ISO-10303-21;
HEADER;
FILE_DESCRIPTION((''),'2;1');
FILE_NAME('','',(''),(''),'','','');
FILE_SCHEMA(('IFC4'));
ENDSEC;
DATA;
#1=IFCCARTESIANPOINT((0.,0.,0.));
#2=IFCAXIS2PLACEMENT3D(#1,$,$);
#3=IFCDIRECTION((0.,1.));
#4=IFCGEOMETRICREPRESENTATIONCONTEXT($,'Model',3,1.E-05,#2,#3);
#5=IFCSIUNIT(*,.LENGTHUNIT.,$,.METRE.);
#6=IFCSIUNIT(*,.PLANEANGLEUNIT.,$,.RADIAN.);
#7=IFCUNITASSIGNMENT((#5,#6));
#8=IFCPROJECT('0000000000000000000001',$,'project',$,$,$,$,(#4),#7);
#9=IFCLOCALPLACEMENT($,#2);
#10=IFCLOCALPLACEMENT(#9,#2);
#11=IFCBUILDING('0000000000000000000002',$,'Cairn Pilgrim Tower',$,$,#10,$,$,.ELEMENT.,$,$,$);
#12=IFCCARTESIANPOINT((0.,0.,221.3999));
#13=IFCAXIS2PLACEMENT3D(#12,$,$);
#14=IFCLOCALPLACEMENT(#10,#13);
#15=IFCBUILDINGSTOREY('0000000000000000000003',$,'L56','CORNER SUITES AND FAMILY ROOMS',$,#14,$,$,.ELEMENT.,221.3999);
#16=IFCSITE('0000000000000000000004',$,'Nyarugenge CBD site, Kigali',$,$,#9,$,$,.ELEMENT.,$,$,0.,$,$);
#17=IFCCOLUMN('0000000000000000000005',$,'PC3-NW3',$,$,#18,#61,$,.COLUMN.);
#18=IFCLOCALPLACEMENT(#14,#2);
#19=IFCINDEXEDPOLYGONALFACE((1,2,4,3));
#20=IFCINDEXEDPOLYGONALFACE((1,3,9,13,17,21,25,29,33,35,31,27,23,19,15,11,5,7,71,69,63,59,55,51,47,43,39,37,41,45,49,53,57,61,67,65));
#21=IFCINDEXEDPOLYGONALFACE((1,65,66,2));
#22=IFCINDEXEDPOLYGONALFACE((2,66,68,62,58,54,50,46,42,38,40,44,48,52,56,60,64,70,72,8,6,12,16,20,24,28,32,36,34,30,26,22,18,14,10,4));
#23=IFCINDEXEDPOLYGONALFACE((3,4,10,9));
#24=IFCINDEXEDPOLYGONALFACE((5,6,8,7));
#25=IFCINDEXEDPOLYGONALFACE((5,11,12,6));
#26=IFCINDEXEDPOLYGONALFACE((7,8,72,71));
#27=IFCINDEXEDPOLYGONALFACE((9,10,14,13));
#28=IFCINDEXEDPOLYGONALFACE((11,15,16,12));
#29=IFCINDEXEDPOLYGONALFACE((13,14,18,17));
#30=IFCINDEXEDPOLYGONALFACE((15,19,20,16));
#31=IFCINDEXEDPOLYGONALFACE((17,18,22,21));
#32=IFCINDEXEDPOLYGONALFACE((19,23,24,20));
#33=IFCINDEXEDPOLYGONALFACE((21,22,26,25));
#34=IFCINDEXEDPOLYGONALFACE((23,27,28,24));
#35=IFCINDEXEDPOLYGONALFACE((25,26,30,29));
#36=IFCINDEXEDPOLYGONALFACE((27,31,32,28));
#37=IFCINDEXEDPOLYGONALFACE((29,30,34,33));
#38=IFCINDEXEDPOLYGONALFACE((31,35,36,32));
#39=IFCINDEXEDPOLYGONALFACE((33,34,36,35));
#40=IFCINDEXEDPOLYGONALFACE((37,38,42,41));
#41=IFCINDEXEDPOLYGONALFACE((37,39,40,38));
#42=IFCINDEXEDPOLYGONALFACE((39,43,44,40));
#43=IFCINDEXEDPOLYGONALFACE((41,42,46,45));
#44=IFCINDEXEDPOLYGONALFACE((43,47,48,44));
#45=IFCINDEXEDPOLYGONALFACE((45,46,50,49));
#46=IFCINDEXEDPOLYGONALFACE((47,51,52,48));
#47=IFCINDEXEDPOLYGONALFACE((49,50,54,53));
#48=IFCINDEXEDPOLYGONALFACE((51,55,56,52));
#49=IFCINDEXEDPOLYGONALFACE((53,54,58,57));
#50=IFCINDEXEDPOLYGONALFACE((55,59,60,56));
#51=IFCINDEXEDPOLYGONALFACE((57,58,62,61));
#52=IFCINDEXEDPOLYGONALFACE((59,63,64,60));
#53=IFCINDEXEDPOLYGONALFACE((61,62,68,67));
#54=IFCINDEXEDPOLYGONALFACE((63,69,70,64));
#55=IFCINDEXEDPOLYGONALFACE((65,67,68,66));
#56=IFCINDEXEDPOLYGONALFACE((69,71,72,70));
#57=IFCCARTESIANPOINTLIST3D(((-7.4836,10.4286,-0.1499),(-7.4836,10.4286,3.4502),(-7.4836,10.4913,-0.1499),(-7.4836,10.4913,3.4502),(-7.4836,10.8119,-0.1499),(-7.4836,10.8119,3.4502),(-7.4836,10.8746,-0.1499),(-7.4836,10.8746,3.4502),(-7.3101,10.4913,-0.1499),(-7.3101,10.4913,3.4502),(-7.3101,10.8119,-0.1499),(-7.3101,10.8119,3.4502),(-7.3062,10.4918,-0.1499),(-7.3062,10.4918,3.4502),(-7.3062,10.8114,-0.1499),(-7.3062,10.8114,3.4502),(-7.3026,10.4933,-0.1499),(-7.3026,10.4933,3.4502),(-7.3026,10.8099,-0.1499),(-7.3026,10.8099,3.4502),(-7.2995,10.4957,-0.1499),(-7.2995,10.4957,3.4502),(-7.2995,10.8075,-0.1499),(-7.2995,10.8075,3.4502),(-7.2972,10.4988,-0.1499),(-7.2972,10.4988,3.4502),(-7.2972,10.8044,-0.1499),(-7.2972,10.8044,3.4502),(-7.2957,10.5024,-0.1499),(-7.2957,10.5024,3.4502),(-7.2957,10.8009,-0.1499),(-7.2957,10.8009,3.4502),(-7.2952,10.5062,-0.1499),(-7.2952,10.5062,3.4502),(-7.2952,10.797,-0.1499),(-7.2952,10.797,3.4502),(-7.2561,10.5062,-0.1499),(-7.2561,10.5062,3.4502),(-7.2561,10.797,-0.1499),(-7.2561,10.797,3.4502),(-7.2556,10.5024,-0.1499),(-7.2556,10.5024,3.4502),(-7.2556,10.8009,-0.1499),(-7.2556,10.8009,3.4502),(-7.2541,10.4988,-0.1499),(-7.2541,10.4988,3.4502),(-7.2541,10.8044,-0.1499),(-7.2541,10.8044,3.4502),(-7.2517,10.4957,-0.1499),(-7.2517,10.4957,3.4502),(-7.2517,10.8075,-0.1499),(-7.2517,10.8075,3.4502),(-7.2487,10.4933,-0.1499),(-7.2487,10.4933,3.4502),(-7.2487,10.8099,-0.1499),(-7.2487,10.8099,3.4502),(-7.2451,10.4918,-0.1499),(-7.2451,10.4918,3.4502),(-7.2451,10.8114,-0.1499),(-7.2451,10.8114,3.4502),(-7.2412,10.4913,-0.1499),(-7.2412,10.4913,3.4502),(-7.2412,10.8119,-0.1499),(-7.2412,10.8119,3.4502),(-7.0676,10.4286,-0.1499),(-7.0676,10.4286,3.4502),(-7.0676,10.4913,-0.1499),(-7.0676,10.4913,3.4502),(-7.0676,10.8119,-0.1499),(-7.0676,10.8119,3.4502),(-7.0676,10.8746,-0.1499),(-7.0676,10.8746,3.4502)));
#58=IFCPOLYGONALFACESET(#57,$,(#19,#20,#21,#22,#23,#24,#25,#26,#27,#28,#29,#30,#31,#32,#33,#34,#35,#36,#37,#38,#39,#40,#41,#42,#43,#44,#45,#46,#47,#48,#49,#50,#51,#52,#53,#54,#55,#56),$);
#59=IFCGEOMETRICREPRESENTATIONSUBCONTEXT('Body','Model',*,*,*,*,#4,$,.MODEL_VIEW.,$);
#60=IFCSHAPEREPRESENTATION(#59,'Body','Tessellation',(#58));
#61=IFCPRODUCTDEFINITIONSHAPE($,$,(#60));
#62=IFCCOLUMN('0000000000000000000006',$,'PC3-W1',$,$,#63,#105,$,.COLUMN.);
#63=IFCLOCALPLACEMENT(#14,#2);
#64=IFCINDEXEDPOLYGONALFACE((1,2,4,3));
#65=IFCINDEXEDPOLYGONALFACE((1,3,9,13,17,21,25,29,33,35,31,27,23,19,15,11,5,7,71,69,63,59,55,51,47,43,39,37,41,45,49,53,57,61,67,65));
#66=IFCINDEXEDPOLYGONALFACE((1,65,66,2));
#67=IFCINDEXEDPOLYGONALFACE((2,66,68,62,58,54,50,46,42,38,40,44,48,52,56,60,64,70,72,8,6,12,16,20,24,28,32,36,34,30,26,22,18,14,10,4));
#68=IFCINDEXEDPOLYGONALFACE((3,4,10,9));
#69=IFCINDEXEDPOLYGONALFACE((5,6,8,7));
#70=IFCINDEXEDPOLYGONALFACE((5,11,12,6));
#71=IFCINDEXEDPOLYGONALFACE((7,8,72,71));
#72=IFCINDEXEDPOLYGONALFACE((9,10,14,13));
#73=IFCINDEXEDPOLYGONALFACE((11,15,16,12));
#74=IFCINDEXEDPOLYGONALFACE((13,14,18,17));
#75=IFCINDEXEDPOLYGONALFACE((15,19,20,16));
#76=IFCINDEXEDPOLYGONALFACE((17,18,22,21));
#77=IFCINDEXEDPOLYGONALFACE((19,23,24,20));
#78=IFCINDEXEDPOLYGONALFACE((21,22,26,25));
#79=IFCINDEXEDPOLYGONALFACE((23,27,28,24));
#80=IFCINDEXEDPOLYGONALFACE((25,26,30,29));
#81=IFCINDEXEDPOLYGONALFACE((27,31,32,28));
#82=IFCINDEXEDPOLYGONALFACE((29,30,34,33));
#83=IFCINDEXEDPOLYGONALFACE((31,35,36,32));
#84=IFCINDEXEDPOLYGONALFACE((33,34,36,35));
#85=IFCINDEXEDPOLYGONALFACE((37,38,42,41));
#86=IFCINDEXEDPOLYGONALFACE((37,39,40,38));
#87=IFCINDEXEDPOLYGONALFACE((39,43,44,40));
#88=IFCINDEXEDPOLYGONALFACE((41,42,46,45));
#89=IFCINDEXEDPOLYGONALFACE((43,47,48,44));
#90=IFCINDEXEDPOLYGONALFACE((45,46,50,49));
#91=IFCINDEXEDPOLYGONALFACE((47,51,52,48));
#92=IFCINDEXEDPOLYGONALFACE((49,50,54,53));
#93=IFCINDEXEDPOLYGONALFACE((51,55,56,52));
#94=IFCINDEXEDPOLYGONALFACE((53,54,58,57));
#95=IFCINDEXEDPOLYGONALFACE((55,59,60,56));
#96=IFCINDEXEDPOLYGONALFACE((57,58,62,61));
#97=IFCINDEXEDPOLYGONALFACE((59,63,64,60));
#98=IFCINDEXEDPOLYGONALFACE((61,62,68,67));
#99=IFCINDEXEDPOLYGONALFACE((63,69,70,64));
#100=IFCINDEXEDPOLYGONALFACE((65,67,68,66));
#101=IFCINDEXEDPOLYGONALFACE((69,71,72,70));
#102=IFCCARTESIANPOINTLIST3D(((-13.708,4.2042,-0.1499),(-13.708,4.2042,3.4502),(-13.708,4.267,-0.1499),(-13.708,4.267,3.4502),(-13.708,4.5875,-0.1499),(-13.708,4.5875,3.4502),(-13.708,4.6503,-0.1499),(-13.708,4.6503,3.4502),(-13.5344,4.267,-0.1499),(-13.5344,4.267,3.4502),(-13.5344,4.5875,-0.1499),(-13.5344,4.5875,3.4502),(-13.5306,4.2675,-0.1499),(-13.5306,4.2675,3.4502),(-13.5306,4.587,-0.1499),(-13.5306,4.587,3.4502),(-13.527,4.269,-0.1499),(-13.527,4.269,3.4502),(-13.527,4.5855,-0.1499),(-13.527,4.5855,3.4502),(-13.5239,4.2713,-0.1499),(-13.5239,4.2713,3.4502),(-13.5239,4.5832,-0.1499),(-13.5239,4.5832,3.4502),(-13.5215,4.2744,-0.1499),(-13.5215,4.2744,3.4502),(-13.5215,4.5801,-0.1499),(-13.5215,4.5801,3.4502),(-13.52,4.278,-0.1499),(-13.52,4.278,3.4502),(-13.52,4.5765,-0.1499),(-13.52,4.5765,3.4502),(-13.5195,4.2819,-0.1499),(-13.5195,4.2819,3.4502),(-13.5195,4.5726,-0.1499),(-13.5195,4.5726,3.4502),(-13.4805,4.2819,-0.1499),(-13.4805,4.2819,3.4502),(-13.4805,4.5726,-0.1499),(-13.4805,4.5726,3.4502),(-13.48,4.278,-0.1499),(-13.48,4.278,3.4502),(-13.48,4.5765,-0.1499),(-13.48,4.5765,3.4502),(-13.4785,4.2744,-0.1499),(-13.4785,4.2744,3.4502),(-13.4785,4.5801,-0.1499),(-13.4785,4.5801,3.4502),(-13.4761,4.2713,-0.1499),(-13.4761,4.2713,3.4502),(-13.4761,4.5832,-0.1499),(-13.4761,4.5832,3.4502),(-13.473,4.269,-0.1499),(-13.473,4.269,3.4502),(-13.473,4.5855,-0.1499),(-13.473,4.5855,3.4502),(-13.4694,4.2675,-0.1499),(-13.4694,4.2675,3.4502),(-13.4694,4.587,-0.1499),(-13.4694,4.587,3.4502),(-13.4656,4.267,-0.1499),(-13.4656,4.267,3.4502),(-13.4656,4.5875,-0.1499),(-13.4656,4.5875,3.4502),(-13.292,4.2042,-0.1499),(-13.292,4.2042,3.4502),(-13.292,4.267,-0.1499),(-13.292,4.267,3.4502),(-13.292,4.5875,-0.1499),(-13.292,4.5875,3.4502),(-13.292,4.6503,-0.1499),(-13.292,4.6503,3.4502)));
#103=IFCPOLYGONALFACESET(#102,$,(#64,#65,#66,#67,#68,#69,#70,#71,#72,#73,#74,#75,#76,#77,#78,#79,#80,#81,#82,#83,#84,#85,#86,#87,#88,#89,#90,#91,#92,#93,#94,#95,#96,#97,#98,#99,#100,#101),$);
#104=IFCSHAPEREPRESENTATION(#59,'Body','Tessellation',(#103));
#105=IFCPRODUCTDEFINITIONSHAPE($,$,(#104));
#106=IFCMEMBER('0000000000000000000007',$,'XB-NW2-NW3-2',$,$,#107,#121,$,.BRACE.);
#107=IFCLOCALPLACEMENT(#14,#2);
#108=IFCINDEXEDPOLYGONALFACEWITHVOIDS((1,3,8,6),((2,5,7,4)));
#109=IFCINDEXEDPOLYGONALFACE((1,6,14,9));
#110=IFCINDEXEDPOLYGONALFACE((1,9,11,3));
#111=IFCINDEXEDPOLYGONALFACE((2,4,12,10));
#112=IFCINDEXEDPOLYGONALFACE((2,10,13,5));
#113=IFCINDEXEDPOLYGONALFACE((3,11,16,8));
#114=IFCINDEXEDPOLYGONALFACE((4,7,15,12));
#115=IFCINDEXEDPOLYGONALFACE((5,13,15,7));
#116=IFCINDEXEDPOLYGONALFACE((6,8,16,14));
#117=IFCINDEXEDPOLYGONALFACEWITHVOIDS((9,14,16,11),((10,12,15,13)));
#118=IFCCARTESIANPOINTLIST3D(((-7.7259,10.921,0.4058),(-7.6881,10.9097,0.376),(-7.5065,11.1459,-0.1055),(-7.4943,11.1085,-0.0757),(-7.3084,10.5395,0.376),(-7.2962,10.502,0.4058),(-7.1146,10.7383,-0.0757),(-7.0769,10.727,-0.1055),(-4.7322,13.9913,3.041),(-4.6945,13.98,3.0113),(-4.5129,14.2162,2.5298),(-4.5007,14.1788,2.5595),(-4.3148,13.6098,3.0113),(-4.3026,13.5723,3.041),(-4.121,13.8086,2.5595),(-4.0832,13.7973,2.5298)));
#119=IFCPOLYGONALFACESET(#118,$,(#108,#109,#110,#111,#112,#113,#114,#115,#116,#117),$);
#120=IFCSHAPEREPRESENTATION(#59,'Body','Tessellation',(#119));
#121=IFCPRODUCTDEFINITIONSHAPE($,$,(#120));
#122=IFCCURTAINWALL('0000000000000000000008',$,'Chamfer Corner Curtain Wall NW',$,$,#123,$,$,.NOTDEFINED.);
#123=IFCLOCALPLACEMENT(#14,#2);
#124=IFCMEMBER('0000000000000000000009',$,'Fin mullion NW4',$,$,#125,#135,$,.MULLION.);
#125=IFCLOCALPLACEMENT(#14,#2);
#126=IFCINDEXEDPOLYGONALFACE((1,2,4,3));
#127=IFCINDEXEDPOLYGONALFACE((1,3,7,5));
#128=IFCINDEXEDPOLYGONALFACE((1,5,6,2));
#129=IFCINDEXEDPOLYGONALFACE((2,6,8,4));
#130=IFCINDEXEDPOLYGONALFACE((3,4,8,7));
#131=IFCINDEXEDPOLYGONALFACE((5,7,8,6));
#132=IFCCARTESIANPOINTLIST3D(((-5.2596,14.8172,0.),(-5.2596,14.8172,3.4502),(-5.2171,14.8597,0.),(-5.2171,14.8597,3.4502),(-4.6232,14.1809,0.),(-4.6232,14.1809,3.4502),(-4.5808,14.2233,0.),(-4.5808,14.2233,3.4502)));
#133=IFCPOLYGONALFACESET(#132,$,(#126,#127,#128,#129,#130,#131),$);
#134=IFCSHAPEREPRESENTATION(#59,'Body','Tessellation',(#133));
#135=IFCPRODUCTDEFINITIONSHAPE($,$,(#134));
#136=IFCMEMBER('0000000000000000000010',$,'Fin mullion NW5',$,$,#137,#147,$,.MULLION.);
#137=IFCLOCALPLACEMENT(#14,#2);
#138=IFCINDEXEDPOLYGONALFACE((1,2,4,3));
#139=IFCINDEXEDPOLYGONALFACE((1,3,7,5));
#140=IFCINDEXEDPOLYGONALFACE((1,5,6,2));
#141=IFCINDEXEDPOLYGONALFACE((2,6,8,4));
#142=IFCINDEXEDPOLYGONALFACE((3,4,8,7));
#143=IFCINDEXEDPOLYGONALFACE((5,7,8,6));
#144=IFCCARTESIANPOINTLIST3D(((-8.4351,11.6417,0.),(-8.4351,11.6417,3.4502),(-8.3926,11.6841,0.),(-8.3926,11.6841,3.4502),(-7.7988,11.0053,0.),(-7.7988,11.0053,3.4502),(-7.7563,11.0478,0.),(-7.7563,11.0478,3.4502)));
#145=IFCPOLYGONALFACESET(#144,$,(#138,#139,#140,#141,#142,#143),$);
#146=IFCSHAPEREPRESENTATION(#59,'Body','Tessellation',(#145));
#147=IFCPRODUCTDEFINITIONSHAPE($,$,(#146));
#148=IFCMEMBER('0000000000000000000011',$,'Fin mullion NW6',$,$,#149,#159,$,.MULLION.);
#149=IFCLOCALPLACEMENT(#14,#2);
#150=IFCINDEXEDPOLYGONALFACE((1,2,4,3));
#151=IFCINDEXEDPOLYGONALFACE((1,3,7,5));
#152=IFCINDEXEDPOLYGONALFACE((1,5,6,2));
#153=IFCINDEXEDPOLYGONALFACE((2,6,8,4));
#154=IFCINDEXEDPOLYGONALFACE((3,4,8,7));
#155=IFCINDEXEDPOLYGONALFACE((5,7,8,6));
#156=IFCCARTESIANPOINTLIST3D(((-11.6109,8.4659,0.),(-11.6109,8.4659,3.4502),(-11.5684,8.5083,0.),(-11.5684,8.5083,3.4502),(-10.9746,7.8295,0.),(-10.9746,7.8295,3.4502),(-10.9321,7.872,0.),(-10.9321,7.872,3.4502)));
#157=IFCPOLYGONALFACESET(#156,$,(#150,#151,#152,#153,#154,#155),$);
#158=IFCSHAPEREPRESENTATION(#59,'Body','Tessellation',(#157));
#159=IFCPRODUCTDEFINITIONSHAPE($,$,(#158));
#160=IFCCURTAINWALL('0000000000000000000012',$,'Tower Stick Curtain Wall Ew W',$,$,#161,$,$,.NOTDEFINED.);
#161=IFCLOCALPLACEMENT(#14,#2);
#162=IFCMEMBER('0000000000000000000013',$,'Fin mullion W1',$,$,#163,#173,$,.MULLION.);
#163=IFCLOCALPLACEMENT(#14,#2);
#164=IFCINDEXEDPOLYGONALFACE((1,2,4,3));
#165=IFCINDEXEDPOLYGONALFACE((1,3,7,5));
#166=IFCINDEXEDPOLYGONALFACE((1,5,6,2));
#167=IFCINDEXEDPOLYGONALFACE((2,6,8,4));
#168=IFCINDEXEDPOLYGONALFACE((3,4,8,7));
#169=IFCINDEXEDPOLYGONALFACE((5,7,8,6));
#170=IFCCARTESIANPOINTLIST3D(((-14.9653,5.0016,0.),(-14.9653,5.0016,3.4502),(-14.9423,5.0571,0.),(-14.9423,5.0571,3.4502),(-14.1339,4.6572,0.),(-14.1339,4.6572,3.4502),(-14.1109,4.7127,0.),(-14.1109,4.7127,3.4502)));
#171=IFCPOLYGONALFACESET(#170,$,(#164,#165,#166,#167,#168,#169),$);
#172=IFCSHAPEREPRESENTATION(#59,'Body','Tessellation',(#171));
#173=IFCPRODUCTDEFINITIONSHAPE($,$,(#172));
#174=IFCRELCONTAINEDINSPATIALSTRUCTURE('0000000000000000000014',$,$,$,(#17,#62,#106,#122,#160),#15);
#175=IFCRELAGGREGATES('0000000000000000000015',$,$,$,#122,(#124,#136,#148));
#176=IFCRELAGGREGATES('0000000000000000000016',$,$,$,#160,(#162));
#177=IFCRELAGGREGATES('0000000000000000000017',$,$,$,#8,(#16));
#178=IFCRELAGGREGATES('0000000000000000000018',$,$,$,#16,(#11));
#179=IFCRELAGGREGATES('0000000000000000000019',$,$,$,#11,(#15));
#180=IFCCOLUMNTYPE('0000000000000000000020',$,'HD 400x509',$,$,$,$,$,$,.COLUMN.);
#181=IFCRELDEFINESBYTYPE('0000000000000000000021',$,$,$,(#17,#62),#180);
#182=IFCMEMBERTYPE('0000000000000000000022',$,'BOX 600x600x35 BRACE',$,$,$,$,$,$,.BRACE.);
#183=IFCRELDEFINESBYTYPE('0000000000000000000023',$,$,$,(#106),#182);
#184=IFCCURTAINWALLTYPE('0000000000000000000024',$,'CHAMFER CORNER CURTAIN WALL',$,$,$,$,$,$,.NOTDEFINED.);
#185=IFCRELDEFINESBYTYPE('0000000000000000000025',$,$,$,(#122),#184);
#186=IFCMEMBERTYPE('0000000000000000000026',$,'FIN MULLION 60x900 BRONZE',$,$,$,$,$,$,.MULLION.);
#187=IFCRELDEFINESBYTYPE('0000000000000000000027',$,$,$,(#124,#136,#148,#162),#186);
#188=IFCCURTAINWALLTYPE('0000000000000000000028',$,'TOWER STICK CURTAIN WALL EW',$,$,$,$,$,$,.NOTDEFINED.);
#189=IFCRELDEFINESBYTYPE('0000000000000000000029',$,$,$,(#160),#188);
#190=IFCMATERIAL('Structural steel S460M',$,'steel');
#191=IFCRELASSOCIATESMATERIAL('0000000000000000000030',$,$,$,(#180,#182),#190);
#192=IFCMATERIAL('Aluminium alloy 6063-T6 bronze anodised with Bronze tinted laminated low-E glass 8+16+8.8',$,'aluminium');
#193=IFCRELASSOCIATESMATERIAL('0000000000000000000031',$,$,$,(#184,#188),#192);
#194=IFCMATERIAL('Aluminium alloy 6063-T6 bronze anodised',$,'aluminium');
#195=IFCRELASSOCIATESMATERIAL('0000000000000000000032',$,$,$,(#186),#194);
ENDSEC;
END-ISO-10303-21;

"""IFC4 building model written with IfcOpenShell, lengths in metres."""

from ifc_helpers import new_model, si_unit, direction, frame, origin, origin_2d, place, context, subcontext, project, spatial, rectangle, hollow_rectangle, i_section, extrude, material, material_profile, profile_set, type_object, element, aggregate, save


model = new_model("IFC4")

# Units and contexts
model_context = context("Model", 3, precision=1e-05, world=origin(), true_north=direction((0.0, 1.0)))
body_context = subcontext(model_context, "Body", "Model", "MODEL_VIEW")
ifc_project = project(units=[si_unit("LENGTHUNIT", "METRE"), si_unit("PLANEANGLEUNIT", "RADIAN")], contexts=[model_context])

# Site, building, storey
site_placement = place(None, origin())
site = spatial("IfcSite", under=ifc_project, at=site_placement, Name="Nyarugenge CBD site, Kigali", CompositionType="ELEMENT", RefElevation=0.0)
building_placement = place(site_placement, origin())
building = spatial("IfcBuilding", under=site, at=building_placement, Name="Cairn Pilgrim Tower", CompositionType="ELEMENT")
storey_placement = place(building_placement, frame((0.0, 0.0, 221.3999)))
storey = spatial("IfcBuildingStorey", under=building, at=storey_placement, Name="L56", Description="CORNER SUITES AND FAMILY ROOMS", CompositionType="ELEMENT", Elevation=221.3999)

# Columns
ifc_material_1 = material(Name="Structural steel S460M", Category="steel")
ifc_material_profile_1 = material_profile(ifc_material_1, i_section(OverallWidth=0.416, OverallDepth=0.446, WebThickness=0.0391, FlangeThickness=0.0627, FilletRadius=0.0149, at=origin_2d()), Name="HD 400x509")
ifc_profile_set_1 = profile_set([ifc_material_profile_1], Name="Structural steel S460M")
column_type = type_object("IfcColumnType", Name="HD 400x509", PredefinedType="COLUMN", material=ifc_profile_set_1)
for number, where, z_axis, x_axis, name in (
    (1, (-7.2756, 10.6516, -0.1499), (0.0, 0.0, 1.0), (1.0, 0.0, 0.0), "PC3-NW3"),
    (2, (-13.5, 4.4272, -0.1499), (0.0, 0.0, 1.0), (1.0, 0.0, 0.0), "PC3-W1"),
):
    element("IfcColumn", number, at=place(storey_placement, frame(where, z_axis=z_axis, x_axis=x_axis)), inside=storey, type_object=column_type, Name=name, PredefinedType="COLUMN", context=body_context, shape_type="SweptSolid", body=[
        extrude(i_section(OverallWidth=0.416, OverallDepth=0.446, WebThickness=0.0391, FlangeThickness=0.0627, FilletRadius=0.0149, at=origin_2d()), origin(), (0.0, 0.0, 1.0), 3.6001),
    ])

# Member
ifc_material_profile_2 = material_profile(ifc_material_1, hollow_rectangle(XDim=0.6001, YDim=0.6001, WallThickness=0.0349, at=origin_2d()), Name="BOX 600x600x35")
ifc_profile_set_2 = profile_set([ifc_material_profile_2], Name="Structural steel S460M")
member_type_1 = type_object("IfcMemberType", Name="BOX 600x600x35 BRACE", PredefinedType="BRACE", material=ifc_profile_set_2)
member_1_placement = place(storey_placement, frame((-7.4014, 10.824, 0.1501), z_axis=(0.594778, 0.610009, 0.523572), x_axis=(-0.715989, 0.698112, 0.0)))
element("IfcMember", 3, at=member_1_placement, inside=storey, type_object=member_type_1, Name="XB-NW2-NW3-2", PredefinedType="BRACE", context=body_context, shape_type="SweptSolid", body=[
    extrude(hollow_rectangle(XDim=0.6001, YDim=0.6001, WallThickness=0.0349, at=origin_2d()), origin(), (0.0, 0.0, 1.0), 5.0332),
])

# Curtain wall, members
ifc_material_2 = material(Name="Aluminium alloy 6063-T6 bronze anodised with Bronze tinted laminated low-E glass 8+16+8.8", Category="aluminium")
curtain_wall_type_1 = type_object("IfcCurtainWallType", Name="CHAMFER CORNER CURTAIN WALL", PredefinedType="NOTDEFINED", material=ifc_material_2)
curtain_wall_1_placement = place(storey_placement, origin())
curtain_wall_1 = element("IfcCurtainWall", 4, at=curtain_wall_1_placement, inside=storey, type_object=curtain_wall_type_1, Name="Chamfer Corner Curtain Wall NW", PredefinedType="NOTDEFINED")
ifc_material_3 = material(Name="Aluminium alloy 6063-T6 bronze anodised", Category="aluminium")
ifc_material_profile_3 = material_profile(ifc_material_3, rectangle(XDim=0.8999, YDim=0.0601, at=origin_2d()), Name="FIN MULLION 60x900 BRONZE")
ifc_profile_set_3 = profile_set([ifc_material_profile_3], Name="Aluminium alloy 6063-T6 bronze anodised")
member_type_2 = type_object("IfcMemberType", Name="FIN MULLION 60x900 BRONZE", PredefinedType="MULLION", material=ifc_profile_set_3)
member_2_placement = place(storey_placement, frame((-4.9202, 14.5203, 0.0), z_axis=(0.0, 0.0, 1.0), x_axis=(-0.707107, 0.707107, 0.0)))
member_2 = element("IfcMember", 5, at=member_2_placement, type_object=member_type_2, Name="Fin mullion NW4", PredefinedType="MULLION", context=body_context, shape_type="SweptSolid", body=[
    extrude(rectangle(XDim=0.8999, YDim=0.0601, at=origin_2d()), origin(), (0.0, 0.0, 1.0), 3.4502),
])
member_3_placement = place(storey_placement, frame((-8.0957, 11.3447, 0.0), z_axis=(0.0, 0.0, 1.0), x_axis=(-0.707107, 0.707107, 0.0)))
member_3 = element("IfcMember", 6, at=member_3_placement, type_object=member_type_2, Name="Fin mullion NW5", PredefinedType="MULLION", context=body_context, shape_type="SweptSolid", body=[
    extrude(rectangle(XDim=0.8999, YDim=0.0601, at=origin_2d()), origin(), (0.0, 0.0, 1.0), 3.4502),
])
member_4_placement = place(storey_placement, frame((-11.2715, 8.1689, 0.0), z_axis=(0.0, 0.0, 1.0), x_axis=(-0.707107, 0.707107, 0.0)))
member_4 = element("IfcMember", 7, at=member_4_placement, type_object=member_type_2, Name="Fin mullion NW6", PredefinedType="MULLION", context=body_context, shape_type="SweptSolid", body=[
    extrude(rectangle(XDim=0.8999, YDim=0.0601, at=origin_2d()), origin(), (0.0, 0.0, 1.0), 3.4502),
])

# Curtain wall, member
curtain_wall_type_2 = type_object("IfcCurtainWallType", Name="TOWER STICK CURTAIN WALL EW", PredefinedType="NOTDEFINED", material=ifc_material_2)
curtain_wall_2_placement = place(storey_placement, origin())
curtain_wall_2 = element("IfcCurtainWall", 8, at=curtain_wall_2_placement, inside=storey, type_object=curtain_wall_type_2, Name="Tower Stick Curtain Wall Ew W", PredefinedType="NOTDEFINED")
member_5_placement = place(storey_placement, frame((-14.5381, 4.8572, 0.0), z_axis=(0.0, 0.0, 1.0), x_axis=(-0.92388, 0.382683, 0.0)))
member_5 = element("IfcMember", 9, at=member_5_placement, type_object=member_type_2, Name="Fin mullion W1", PredefinedType="MULLION", context=body_context, shape_type="SweptSolid", body=[
    extrude(rectangle(XDim=0.8999, YDim=0.0601, at=origin_2d()), origin(), (0.0, 0.0, 1.0), 3.4502),
])

aggregate(curtain_wall_1, [member_2, member_3, member_4])
aggregate(curtain_wall_2, [member_5])

save(model, "model.ifc")
